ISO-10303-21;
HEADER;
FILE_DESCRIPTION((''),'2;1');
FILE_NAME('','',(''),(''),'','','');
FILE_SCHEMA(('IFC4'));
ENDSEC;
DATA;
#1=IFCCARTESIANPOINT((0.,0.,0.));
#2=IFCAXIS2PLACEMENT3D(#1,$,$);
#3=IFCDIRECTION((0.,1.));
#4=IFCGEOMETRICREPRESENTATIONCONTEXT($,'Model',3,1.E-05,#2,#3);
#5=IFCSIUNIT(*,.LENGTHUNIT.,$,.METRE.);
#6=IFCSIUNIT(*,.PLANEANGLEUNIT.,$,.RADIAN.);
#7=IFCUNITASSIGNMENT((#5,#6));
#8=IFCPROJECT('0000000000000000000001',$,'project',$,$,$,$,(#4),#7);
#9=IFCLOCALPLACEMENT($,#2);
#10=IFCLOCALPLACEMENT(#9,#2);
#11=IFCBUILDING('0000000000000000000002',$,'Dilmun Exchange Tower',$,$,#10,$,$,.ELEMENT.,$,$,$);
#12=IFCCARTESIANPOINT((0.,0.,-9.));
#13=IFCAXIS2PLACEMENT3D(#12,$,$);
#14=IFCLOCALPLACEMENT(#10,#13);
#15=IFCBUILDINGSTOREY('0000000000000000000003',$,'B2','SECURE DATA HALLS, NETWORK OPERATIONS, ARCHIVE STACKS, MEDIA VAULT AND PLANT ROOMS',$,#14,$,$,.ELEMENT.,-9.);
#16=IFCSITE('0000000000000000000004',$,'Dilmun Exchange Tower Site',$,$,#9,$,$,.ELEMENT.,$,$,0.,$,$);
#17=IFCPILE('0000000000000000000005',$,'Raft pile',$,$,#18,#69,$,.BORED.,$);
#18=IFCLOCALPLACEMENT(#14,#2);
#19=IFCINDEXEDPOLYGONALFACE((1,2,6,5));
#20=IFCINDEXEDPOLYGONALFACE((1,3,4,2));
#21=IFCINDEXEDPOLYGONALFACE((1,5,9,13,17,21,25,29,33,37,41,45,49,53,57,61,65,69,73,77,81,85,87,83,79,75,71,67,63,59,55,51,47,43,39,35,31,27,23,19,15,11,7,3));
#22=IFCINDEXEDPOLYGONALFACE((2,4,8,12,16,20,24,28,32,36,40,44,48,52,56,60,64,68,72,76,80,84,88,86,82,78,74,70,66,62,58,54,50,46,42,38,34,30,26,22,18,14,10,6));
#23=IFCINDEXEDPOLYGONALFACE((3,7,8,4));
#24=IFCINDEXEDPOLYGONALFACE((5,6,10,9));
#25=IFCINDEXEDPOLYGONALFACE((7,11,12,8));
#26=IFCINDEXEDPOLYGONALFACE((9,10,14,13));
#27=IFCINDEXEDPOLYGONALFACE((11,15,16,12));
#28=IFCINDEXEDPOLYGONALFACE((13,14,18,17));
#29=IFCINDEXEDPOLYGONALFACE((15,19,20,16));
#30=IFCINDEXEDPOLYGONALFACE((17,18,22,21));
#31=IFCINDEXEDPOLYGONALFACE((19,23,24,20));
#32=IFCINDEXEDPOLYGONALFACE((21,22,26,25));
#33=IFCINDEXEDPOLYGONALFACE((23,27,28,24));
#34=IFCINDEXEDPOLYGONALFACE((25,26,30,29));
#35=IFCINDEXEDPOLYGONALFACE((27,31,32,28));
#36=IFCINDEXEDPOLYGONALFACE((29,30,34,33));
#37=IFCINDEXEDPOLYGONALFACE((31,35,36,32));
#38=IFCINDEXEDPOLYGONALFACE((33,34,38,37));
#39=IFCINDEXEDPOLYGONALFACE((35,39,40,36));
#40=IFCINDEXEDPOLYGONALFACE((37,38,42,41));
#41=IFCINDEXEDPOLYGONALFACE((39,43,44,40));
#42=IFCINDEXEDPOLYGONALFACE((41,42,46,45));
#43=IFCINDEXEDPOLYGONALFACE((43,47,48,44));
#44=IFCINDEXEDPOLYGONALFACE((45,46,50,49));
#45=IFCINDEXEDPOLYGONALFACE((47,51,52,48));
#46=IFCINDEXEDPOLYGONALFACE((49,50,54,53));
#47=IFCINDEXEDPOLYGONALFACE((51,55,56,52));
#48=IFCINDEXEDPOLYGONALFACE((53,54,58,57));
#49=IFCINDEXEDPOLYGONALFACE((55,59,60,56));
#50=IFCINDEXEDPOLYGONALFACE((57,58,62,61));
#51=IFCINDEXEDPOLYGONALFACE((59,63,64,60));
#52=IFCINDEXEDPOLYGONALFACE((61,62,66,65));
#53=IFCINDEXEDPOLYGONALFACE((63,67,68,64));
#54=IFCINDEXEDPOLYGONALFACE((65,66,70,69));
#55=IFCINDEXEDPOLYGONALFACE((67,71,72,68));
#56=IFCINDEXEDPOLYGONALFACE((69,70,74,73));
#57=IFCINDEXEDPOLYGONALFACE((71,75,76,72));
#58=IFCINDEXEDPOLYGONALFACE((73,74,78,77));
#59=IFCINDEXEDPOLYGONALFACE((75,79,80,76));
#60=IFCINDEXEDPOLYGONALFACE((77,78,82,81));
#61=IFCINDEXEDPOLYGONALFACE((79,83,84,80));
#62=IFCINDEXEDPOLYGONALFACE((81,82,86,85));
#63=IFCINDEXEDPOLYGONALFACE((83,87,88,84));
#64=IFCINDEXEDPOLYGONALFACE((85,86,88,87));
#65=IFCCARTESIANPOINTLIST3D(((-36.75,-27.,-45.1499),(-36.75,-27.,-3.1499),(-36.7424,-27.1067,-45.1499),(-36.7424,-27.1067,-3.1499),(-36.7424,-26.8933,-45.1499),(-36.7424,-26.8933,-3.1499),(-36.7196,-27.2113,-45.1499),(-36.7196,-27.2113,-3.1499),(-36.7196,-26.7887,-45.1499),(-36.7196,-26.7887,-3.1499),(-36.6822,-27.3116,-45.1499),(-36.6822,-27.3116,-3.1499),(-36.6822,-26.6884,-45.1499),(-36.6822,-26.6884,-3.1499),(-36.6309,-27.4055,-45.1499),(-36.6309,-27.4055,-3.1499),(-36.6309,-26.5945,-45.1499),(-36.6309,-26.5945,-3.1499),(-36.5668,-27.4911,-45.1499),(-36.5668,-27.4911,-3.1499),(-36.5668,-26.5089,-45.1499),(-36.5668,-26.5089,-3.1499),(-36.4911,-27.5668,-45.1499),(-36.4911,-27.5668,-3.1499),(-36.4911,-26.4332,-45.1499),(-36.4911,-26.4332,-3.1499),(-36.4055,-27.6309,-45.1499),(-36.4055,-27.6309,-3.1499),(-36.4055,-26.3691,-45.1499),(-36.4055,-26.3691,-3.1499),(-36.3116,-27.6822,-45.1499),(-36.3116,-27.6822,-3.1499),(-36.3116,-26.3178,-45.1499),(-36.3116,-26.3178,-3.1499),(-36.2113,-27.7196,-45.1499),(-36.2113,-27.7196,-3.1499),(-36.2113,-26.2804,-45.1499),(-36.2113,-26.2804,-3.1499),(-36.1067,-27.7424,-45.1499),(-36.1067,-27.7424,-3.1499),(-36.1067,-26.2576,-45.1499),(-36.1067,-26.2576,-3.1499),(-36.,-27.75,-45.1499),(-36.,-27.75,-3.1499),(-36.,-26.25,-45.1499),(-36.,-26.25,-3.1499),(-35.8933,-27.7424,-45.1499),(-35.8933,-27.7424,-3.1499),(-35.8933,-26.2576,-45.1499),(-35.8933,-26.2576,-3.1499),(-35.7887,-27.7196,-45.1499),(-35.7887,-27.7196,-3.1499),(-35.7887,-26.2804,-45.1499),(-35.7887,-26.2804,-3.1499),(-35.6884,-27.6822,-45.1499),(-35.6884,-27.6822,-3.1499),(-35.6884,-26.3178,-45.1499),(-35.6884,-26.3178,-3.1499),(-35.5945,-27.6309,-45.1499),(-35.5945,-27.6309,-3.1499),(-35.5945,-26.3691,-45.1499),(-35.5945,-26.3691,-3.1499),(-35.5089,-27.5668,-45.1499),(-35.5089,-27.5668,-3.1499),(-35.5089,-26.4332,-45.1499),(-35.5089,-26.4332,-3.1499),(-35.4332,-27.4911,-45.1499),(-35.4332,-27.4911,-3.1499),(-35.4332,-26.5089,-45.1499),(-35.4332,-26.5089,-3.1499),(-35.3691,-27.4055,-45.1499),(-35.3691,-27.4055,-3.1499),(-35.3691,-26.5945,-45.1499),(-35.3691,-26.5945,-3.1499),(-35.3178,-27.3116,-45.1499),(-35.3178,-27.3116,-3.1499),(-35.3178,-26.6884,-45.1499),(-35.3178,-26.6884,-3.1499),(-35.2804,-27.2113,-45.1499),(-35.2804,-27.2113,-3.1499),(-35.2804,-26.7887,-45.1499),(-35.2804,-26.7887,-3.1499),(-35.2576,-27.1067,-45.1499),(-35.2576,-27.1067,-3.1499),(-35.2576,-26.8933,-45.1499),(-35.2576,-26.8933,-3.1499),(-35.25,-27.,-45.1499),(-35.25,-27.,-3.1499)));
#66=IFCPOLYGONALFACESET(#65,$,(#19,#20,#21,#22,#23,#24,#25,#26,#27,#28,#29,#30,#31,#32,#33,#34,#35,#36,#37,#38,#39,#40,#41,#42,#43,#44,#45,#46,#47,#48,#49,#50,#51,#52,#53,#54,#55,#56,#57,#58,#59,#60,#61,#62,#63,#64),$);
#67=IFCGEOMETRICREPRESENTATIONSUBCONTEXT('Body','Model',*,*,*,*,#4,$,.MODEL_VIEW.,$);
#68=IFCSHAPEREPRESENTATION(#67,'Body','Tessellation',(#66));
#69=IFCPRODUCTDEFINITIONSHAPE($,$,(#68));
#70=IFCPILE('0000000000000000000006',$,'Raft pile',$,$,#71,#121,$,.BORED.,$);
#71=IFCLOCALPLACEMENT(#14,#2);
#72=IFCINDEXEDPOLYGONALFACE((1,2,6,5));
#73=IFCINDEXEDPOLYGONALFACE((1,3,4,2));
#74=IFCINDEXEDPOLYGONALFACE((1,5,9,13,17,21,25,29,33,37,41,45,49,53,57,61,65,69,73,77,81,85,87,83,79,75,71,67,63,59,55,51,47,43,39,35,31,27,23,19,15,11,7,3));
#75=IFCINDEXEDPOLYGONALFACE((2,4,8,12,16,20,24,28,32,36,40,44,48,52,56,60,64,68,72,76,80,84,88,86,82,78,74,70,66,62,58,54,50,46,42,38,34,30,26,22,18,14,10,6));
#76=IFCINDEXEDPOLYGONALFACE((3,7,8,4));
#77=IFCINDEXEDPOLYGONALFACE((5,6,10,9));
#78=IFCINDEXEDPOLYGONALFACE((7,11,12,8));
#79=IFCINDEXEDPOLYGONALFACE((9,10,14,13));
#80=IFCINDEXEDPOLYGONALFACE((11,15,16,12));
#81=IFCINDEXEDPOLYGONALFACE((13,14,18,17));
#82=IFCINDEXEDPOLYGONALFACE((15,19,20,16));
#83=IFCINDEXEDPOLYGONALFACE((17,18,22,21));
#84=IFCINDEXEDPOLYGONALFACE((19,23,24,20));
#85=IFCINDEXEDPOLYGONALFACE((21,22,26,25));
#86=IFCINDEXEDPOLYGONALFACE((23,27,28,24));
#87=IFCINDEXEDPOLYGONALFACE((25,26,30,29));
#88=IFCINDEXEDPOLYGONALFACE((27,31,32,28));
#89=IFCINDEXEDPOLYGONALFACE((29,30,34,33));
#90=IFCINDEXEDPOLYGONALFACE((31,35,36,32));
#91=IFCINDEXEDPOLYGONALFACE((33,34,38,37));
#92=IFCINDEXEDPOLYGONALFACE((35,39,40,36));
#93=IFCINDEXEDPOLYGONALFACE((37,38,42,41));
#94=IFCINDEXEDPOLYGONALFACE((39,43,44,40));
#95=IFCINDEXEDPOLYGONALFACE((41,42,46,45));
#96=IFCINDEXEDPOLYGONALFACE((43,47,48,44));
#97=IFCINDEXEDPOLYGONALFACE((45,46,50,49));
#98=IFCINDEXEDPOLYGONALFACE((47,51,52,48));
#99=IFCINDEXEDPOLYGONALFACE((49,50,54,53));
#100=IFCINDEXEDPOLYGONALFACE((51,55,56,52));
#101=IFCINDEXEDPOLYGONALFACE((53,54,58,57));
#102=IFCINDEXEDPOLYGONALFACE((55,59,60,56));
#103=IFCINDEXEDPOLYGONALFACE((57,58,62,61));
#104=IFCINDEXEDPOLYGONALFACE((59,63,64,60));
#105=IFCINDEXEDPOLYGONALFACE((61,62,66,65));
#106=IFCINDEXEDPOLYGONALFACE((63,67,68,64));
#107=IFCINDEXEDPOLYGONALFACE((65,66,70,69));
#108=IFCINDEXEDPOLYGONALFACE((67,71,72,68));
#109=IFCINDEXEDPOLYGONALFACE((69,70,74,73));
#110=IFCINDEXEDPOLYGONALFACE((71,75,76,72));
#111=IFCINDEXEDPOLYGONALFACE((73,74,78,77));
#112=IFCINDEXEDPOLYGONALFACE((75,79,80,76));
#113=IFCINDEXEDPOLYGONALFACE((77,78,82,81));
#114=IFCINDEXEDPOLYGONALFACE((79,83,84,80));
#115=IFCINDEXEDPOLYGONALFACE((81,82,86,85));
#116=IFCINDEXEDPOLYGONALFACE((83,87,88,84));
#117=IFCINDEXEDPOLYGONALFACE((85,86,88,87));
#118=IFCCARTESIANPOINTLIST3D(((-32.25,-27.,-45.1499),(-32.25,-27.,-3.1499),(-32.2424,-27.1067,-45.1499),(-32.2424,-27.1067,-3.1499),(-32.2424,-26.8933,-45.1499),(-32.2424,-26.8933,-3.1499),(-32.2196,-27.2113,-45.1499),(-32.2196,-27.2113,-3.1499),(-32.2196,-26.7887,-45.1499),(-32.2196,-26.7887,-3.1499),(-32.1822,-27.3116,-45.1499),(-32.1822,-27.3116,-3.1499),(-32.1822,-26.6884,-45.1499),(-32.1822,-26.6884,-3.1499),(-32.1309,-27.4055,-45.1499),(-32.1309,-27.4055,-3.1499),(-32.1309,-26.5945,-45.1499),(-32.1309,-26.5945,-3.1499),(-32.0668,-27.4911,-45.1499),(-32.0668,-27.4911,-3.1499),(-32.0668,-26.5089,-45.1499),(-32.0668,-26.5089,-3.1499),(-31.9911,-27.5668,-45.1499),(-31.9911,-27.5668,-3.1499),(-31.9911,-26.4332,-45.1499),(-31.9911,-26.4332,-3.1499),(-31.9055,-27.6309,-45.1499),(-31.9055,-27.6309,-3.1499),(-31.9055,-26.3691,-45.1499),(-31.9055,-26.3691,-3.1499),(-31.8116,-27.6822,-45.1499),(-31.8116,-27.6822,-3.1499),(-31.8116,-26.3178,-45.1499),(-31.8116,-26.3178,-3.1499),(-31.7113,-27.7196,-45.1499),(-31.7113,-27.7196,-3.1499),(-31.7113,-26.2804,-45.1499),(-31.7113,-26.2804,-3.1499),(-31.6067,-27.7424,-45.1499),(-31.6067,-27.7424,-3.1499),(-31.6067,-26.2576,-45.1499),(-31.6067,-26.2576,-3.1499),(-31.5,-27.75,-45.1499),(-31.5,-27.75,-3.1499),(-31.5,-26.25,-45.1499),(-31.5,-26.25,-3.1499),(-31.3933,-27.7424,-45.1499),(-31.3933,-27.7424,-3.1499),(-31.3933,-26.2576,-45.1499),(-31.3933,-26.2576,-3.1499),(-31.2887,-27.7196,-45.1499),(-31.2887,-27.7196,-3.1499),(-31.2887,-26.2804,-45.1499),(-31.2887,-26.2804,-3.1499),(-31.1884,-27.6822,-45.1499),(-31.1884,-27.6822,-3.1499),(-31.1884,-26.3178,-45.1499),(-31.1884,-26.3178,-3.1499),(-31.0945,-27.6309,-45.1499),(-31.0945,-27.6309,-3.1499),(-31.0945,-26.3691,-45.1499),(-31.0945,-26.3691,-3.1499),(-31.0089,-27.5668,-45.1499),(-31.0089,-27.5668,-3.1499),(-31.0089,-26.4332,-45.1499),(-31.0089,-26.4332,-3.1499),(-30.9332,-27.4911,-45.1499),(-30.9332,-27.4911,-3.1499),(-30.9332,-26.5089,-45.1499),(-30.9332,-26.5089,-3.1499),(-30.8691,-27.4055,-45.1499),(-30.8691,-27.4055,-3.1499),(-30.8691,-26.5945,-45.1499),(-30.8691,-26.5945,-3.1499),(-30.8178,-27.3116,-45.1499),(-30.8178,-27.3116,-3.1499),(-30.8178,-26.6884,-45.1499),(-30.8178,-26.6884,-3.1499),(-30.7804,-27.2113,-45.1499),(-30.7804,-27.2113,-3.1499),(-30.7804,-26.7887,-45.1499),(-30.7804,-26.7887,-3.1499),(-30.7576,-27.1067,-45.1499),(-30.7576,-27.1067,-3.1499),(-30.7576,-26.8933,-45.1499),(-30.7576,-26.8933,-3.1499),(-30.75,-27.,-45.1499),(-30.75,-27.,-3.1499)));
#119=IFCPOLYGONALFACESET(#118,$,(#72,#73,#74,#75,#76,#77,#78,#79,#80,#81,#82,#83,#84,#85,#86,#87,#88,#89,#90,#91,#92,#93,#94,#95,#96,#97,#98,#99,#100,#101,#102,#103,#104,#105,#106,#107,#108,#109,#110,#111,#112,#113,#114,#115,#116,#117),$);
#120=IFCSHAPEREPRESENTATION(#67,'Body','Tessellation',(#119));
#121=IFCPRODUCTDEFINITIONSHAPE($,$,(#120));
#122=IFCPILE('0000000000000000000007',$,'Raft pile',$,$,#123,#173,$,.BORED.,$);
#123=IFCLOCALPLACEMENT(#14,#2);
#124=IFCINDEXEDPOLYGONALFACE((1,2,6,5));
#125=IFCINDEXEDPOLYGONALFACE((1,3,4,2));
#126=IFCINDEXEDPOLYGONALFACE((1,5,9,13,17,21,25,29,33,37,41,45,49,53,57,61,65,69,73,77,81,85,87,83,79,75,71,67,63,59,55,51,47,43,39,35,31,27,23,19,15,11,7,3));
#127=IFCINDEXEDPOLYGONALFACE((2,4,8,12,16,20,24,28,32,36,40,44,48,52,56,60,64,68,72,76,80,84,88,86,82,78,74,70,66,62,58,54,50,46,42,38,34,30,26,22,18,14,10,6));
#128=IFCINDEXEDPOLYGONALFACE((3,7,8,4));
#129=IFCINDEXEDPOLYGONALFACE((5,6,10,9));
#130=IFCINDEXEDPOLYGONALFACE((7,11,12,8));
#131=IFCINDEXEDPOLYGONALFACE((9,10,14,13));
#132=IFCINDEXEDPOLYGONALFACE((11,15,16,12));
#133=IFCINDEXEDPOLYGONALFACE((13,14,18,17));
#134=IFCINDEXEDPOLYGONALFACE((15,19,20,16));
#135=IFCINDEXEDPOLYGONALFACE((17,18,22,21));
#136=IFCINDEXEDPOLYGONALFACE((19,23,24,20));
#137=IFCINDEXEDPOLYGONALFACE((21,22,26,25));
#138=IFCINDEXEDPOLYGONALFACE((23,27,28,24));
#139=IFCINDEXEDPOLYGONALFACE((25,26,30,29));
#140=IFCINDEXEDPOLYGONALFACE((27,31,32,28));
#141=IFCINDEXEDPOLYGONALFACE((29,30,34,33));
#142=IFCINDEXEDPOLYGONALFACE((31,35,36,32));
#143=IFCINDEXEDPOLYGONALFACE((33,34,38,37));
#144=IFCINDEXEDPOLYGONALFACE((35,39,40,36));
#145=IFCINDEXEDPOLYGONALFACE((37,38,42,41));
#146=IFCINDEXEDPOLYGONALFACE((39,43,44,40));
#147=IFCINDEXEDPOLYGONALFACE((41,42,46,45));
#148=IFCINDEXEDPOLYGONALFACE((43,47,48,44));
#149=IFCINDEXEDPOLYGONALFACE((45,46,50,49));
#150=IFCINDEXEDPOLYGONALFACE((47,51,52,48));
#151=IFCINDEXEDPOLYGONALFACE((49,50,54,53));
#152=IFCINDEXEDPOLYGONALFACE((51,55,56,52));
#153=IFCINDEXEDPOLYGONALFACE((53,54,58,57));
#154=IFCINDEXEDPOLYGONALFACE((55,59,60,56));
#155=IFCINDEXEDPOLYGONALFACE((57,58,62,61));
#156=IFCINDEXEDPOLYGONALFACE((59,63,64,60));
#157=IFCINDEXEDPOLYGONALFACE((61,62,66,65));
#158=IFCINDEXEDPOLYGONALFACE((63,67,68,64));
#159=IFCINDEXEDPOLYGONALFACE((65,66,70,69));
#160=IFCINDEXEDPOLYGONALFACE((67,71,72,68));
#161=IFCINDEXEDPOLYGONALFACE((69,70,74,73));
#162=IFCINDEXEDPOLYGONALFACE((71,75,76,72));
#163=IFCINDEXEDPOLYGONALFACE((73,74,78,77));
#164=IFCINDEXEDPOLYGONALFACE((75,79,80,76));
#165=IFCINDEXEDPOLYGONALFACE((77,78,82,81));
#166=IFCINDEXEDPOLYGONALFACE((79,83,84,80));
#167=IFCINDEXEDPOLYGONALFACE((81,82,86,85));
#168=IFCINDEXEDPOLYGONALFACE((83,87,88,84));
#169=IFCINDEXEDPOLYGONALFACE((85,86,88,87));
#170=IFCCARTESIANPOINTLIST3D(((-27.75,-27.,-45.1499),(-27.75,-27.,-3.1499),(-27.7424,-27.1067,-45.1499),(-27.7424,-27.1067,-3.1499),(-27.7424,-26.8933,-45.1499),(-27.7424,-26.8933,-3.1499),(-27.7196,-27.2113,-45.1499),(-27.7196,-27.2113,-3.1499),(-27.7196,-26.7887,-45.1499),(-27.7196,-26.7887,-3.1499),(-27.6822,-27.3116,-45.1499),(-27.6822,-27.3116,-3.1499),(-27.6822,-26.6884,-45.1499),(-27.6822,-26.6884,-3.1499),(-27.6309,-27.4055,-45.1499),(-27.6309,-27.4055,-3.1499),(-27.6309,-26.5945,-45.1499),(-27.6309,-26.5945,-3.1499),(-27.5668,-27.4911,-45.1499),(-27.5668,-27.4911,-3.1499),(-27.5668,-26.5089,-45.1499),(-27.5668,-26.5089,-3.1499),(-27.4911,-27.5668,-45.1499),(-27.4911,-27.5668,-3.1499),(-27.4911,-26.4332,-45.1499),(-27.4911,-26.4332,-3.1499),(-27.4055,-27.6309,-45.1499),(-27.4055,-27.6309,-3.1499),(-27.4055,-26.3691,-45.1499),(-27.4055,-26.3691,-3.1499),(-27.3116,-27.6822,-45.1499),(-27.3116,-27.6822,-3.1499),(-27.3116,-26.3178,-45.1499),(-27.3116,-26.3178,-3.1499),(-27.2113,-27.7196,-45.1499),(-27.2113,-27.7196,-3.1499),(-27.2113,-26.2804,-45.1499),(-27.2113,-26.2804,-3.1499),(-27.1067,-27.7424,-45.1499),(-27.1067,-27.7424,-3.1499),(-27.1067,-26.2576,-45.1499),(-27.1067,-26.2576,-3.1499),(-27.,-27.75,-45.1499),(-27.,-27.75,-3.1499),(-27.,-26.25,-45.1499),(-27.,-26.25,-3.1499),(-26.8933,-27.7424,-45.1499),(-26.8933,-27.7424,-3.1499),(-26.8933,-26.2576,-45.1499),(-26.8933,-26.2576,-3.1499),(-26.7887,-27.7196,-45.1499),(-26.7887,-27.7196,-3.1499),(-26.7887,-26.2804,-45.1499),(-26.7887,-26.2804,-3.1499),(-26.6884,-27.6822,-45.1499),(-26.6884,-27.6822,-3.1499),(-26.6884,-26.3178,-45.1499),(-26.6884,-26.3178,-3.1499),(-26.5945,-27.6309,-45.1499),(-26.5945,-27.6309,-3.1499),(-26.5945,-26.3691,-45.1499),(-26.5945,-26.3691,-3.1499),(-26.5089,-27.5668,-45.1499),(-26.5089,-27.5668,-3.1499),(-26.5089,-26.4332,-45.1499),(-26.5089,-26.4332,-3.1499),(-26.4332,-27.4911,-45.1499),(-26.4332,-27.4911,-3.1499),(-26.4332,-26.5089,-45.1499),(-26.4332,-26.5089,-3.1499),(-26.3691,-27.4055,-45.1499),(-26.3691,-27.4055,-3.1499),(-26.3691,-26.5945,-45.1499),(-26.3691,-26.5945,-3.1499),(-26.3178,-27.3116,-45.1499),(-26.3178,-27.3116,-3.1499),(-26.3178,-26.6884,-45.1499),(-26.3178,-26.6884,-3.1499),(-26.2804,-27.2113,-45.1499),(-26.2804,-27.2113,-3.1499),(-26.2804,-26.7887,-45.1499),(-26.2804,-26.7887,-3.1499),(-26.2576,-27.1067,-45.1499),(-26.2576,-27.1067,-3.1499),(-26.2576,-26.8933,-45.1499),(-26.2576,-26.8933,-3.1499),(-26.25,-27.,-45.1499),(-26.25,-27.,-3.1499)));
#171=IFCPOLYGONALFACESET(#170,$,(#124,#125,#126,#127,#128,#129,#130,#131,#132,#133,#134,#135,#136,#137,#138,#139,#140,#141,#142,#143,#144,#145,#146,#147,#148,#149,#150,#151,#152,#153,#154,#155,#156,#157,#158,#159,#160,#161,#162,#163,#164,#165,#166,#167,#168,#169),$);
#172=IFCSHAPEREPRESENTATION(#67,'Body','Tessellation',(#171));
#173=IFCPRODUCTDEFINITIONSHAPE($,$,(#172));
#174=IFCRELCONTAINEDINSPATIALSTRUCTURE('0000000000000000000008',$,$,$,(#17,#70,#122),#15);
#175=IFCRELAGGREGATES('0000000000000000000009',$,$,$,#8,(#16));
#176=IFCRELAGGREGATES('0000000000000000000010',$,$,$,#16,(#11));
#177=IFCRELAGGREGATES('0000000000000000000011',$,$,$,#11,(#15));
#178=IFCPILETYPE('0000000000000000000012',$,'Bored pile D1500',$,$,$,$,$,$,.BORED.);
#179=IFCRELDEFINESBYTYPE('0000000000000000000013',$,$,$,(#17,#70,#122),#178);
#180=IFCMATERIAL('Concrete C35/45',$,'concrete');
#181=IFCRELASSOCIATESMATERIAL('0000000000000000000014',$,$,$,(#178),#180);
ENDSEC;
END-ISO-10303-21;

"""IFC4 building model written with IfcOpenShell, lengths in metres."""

from ifc_helpers import new_model, si_unit, direction, frame, origin, origin_2d, place, context, subcontext, project, spatial, circle, extrude, material, material_profile, profile_set, type_object, element, save


model = new_model("IFC4")

# Units and contexts
model_context = context("Model", 3, precision=1e-05, world=origin(), true_north=direction((0.0, 1.0)))
body_context = subcontext(model_context, "Body", "Model", "MODEL_VIEW")
ifc_project = project(units=[si_unit("LENGTHUNIT", "METRE"), si_unit("PLANEANGLEUNIT", "RADIAN")], contexts=[model_context])

# Site, building, storey
site_placement = place(None, origin())
site = spatial("IfcSite", under=ifc_project, at=site_placement, Name="Dilmun Exchange Tower Site", CompositionType="ELEMENT", RefElevation=0.0)
building_placement = place(site_placement, origin())
building = spatial("IfcBuilding", under=site, at=building_placement, Name="Dilmun Exchange Tower", CompositionType="ELEMENT")
storey_placement = place(building_placement, frame((0.0, 0.0, -9.0)))
storey = spatial("IfcBuildingStorey", under=building, at=storey_placement, Name="B2", Description="SECURE DATA HALLS, NETWORK OPERATIONS, ARCHIVE STACKS, MEDIA VAULT AND PLANT ROOMS", CompositionType="ELEMENT", Elevation=-9.0)

# Piles
ifc_material_1 = material(Name="Concrete C35/45", Category="concrete")
ifc_material_profile_1 = material_profile(ifc_material_1, circle(Radius=0.75, at=origin_2d()), Name="D1500")
ifc_profile_set_1 = profile_set([ifc_material_profile_1], Name="Concrete C35/45")
pile_type = type_object("IfcPileType", Name="Bored pile D1500", PredefinedType="BORED", material=ifc_profile_set_1)
for number, where, z_axis, x_axis, name in (
    (1, (-36.0, -27.0, -3.1499), (0.0, 0.0, -1.0), (1.0, 0.0, 0.0), "Raft pile"),
    (2, (-31.5, -27.0, -3.1499), (0.0, 0.0, -1.0), (1.0, 0.0, 0.0), "Raft pile"),
    (3, (-27.0, -27.0, -3.1499), (0.0, 0.0, -1.0), (1.0, 0.0, 0.0), "Raft pile"),
):
    element("IfcPile", number, at=place(storey_placement, frame(where, z_axis=z_axis, x_axis=x_axis)), inside=storey, type_object=pile_type, Name=name, PredefinedType="BORED", context=body_context, shape_type="SweptSolid", body=[
        extrude(circle(Radius=0.75, at=origin_2d()), origin(), (0.0, 0.0, 1.0), 42.0),
    ])

save(model, "model.ifc")
